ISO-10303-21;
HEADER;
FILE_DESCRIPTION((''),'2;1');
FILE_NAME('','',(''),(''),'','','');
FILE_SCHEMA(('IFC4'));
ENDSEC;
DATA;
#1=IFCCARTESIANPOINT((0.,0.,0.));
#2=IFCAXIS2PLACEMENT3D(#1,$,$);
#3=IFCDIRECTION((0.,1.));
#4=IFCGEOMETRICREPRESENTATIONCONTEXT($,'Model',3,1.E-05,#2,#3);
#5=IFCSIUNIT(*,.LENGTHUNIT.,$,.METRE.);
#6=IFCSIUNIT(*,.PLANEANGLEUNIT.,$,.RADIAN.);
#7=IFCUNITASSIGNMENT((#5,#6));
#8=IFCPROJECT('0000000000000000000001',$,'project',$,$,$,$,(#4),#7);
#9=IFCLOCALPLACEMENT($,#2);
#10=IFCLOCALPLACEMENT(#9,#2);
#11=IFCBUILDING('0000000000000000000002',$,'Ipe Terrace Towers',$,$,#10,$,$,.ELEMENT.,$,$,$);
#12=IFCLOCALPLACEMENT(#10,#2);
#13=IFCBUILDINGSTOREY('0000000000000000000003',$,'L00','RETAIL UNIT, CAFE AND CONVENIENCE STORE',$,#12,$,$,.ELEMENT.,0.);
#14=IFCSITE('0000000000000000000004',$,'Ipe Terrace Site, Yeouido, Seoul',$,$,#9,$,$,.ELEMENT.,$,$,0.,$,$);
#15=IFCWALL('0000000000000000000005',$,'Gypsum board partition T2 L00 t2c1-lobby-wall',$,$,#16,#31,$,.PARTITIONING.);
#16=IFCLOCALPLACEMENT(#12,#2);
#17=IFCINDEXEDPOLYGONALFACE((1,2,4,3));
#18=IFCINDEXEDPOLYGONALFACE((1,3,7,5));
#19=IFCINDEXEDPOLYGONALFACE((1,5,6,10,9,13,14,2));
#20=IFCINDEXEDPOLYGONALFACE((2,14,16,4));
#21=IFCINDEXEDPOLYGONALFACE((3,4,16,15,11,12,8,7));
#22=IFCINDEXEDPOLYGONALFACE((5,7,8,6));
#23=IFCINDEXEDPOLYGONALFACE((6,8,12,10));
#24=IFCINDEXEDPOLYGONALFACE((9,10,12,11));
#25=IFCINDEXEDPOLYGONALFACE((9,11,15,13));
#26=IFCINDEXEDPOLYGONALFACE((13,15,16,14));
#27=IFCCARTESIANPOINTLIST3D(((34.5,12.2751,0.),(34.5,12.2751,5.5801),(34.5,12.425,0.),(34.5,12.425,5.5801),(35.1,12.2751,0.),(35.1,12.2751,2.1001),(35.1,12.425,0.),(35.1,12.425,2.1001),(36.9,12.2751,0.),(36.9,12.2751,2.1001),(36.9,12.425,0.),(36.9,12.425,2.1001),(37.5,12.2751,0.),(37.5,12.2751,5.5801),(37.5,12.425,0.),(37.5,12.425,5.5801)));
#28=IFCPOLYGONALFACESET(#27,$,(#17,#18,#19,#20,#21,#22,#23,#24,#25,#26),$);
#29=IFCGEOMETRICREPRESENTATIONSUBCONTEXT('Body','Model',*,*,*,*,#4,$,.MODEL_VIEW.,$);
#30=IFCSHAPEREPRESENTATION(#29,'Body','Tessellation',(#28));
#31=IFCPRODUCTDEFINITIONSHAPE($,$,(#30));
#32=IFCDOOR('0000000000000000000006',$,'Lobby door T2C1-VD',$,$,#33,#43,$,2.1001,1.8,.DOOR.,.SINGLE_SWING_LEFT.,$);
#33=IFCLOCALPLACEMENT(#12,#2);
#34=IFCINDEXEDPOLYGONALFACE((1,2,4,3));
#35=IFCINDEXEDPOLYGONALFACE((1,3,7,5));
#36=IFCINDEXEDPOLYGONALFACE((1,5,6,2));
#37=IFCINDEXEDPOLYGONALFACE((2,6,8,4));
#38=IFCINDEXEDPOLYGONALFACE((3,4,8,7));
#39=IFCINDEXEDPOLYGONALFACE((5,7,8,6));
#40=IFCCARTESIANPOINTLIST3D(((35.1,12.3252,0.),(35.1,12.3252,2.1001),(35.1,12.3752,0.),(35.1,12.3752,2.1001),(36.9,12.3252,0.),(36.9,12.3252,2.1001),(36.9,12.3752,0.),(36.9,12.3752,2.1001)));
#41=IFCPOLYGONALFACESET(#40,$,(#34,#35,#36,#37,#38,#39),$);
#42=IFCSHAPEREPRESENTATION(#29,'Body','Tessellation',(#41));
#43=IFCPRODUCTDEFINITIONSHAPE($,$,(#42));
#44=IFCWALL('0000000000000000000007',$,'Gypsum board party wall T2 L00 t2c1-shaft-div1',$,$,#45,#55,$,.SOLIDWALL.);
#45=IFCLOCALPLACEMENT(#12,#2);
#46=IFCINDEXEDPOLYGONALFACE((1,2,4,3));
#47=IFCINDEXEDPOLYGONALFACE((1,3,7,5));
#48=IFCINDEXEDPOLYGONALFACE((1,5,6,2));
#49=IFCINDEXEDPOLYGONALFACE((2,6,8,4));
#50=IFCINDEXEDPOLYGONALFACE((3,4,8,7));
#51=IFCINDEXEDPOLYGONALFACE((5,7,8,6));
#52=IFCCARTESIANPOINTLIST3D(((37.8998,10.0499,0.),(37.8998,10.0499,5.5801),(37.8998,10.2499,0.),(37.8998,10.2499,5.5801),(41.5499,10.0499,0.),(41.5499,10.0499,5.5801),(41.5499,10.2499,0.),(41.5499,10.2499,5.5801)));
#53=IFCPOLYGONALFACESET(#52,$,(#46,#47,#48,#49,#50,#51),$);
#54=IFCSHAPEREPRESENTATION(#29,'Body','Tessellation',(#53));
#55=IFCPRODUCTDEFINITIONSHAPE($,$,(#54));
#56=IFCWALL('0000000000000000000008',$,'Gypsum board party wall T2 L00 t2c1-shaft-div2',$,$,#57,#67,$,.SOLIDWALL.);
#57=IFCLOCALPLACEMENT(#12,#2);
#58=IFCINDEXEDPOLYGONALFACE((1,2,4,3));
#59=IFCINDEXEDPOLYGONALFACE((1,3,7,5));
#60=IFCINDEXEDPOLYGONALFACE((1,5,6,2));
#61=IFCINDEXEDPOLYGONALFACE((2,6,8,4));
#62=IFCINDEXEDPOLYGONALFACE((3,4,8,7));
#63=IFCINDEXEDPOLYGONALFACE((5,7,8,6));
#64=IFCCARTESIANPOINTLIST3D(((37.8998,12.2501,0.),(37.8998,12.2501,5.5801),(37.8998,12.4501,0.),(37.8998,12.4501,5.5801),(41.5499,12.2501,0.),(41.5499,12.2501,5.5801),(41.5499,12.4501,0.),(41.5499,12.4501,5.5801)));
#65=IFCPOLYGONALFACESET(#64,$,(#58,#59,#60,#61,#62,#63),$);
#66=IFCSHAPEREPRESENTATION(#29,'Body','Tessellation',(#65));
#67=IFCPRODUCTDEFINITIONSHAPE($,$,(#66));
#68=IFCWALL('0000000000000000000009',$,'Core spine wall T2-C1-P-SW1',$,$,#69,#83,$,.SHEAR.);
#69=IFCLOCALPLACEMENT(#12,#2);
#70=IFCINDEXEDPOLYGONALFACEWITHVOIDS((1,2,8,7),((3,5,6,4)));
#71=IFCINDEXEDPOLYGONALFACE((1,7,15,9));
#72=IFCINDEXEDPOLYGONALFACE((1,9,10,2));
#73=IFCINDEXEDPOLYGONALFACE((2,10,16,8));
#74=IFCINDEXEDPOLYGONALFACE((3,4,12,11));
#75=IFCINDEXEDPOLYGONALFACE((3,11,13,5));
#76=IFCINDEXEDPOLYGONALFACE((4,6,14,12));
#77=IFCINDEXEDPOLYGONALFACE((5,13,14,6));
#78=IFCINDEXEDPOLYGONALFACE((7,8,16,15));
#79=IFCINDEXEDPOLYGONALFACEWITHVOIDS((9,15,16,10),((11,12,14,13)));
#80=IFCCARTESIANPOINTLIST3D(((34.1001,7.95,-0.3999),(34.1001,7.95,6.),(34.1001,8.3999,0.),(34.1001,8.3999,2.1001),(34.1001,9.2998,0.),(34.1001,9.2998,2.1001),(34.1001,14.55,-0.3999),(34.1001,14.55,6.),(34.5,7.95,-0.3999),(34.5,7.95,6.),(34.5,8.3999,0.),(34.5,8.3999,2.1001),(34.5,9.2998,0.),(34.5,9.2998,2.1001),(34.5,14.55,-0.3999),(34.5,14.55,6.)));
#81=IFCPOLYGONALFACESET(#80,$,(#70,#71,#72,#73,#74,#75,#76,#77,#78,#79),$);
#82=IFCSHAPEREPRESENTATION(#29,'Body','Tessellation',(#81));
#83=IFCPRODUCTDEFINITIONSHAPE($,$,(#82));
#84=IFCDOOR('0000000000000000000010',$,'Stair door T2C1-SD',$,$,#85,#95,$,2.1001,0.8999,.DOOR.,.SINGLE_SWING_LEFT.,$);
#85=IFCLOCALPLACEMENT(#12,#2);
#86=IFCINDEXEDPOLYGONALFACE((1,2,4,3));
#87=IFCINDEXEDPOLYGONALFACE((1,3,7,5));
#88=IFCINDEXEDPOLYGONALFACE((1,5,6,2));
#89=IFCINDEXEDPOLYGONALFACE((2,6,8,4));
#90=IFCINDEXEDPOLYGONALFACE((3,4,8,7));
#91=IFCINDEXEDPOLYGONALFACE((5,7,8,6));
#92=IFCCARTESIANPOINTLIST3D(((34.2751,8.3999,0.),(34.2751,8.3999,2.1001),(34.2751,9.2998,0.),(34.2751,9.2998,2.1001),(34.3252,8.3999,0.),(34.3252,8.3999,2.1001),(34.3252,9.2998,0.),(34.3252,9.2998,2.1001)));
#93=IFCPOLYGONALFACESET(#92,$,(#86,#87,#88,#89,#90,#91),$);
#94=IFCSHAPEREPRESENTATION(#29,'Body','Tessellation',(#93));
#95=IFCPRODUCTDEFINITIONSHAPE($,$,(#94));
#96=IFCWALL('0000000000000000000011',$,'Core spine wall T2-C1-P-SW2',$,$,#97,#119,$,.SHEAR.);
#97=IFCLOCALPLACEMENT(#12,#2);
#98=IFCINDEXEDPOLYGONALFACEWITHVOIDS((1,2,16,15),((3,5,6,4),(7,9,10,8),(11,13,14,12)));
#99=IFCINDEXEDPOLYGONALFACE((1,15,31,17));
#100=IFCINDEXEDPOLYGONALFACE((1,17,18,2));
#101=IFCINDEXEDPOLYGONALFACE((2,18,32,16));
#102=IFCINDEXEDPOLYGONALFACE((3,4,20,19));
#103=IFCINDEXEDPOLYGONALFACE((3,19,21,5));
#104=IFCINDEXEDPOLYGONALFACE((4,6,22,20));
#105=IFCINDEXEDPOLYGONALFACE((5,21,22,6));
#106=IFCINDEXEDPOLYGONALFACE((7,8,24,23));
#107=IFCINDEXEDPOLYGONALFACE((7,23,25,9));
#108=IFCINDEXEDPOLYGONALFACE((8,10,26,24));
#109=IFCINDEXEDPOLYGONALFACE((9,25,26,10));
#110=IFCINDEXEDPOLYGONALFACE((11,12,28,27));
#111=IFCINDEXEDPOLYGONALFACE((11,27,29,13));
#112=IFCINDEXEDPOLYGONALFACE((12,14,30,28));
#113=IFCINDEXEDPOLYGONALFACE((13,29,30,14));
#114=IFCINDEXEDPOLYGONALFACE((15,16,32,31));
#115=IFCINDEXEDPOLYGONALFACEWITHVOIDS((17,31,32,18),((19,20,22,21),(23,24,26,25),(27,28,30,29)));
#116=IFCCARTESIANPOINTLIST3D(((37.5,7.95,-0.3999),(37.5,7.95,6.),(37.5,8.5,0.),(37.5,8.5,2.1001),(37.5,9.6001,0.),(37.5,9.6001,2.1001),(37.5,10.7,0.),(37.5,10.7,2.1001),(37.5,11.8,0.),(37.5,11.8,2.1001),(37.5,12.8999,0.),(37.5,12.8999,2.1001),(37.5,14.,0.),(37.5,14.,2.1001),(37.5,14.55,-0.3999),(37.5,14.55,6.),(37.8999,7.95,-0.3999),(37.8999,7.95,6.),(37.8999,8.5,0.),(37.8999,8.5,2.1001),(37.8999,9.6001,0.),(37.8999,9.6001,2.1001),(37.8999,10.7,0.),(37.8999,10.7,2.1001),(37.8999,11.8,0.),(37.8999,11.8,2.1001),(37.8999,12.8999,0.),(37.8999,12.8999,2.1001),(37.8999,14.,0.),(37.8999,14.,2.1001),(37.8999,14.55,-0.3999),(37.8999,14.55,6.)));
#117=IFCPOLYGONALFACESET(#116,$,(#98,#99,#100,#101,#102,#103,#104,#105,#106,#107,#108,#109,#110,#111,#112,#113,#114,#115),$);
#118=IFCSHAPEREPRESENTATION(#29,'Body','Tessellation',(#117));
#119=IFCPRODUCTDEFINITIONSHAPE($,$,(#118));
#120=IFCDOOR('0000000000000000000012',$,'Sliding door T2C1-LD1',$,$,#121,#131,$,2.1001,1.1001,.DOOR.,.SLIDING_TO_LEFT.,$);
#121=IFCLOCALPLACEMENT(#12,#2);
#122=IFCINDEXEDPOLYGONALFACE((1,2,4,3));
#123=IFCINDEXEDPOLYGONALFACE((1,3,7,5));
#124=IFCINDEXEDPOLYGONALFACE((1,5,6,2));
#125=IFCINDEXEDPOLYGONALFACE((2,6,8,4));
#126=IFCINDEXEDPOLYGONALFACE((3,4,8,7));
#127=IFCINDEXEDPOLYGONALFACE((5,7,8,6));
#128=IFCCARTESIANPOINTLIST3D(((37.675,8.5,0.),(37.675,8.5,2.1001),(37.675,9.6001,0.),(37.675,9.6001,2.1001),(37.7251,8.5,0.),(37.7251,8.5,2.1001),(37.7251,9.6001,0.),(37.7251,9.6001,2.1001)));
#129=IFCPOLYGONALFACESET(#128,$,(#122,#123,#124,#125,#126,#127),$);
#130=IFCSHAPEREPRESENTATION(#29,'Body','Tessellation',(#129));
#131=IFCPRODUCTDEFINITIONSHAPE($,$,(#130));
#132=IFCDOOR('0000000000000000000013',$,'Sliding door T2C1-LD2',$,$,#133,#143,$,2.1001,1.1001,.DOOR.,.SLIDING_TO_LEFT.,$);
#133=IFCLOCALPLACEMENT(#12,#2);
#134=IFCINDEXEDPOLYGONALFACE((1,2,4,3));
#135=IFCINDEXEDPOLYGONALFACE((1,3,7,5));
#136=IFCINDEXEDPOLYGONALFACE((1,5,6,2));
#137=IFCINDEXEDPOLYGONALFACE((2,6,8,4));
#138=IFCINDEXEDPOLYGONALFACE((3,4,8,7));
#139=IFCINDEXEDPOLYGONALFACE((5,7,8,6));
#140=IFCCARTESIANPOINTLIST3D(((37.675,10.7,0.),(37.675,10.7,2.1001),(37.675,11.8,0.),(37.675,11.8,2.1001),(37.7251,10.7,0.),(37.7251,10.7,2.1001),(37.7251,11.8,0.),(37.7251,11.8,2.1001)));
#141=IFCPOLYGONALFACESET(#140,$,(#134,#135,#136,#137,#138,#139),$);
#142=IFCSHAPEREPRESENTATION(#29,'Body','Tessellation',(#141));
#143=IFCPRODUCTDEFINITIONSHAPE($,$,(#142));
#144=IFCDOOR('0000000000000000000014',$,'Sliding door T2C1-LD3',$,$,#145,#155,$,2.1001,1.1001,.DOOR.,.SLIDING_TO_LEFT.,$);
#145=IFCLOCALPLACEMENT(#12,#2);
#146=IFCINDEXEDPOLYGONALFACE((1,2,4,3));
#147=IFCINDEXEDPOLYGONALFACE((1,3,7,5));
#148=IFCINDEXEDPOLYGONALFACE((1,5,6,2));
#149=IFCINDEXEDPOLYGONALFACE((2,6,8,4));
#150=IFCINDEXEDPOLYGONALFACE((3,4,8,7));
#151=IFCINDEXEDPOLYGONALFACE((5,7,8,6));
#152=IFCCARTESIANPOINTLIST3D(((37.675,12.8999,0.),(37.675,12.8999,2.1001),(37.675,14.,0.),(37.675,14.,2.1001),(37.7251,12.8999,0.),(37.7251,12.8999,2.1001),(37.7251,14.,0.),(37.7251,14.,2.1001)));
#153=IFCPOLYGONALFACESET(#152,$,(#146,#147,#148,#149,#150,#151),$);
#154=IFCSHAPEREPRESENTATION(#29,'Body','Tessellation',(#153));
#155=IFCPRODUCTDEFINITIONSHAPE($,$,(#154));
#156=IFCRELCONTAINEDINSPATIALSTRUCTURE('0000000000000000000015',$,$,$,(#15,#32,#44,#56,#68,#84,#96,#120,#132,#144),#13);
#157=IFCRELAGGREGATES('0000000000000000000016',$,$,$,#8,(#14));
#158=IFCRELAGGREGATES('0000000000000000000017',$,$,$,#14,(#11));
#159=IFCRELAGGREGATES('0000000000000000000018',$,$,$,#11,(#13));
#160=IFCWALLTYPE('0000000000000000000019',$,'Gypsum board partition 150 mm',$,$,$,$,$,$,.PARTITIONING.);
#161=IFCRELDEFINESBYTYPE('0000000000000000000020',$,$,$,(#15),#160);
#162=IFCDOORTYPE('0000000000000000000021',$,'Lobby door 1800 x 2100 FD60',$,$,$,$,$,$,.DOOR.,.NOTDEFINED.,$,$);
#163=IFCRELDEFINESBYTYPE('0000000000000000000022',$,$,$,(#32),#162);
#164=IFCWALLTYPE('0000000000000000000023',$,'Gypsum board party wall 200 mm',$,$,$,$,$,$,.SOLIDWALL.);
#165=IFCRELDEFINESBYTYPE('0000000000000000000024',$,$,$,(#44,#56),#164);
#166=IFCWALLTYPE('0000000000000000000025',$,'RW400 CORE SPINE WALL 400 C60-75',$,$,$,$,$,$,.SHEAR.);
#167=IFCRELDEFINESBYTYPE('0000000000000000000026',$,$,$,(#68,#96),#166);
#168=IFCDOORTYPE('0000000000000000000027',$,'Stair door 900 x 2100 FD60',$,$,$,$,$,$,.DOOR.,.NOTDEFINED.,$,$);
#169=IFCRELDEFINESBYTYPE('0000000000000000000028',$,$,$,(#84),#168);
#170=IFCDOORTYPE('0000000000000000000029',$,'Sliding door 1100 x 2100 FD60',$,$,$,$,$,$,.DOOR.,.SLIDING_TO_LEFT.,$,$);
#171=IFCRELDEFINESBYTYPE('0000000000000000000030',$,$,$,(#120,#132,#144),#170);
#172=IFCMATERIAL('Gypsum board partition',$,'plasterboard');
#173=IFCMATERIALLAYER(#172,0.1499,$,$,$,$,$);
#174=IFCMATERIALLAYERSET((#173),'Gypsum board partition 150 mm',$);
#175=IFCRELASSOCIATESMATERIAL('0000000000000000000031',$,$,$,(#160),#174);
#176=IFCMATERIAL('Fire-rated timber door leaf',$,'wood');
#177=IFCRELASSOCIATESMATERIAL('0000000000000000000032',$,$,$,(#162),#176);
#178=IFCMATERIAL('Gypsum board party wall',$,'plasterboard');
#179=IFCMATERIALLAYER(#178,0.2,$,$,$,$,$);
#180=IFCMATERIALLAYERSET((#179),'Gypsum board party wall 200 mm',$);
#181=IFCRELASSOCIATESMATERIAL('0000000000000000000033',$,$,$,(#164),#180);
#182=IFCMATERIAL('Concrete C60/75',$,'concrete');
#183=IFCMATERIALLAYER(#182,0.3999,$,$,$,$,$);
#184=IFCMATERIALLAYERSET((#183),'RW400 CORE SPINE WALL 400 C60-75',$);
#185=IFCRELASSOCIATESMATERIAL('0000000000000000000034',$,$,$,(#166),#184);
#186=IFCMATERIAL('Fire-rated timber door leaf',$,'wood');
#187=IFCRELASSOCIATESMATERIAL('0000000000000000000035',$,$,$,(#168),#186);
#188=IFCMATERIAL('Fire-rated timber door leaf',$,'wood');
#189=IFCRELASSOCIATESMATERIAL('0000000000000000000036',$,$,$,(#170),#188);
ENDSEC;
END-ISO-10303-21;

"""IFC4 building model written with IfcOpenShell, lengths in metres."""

from ifc_helpers import new_model, si_unit, direction, frame, frame_2d, origin, place, context, subcontext, project, spatial, rectangle, extrude, material, layer, layer_set, type_object, element, fill, save


model = new_model("IFC4")

# Units and contexts
model_context = context("Model", 3, precision=1e-05, world=origin(), true_north=direction((0.0, 1.0)))
body_context = subcontext(model_context, "Body", "Model", "MODEL_VIEW")
ifc_project = project(units=[si_unit("LENGTHUNIT", "METRE"), si_unit("PLANEANGLEUNIT", "RADIAN")], contexts=[model_context])

# Site, building, storey
site_placement = place(None, origin())
site = spatial("IfcSite", under=ifc_project, at=site_placement, Name="Ipe Terrace Site, Yeouido, Seoul", CompositionType="ELEMENT", RefElevation=0.0)
building_placement = place(site_placement, origin())
building = spatial("IfcBuilding", under=site, at=building_placement, Name="Ipe Terrace Towers", CompositionType="ELEMENT")
storey_placement = place(building_placement, origin())
storey = spatial("IfcBuildingStorey", under=building, at=storey_placement, Name="L00", Description="RETAIL UNIT, CAFE AND CONVENIENCE STORE", CompositionType="ELEMENT", Elevation=0.0)

# Wall, opening, door
ifc_material_1 = material(Name="Gypsum board partition", Category="plasterboard")
ifc_layer_1 = layer(ifc_material_1, 0.1499)
ifc_layer_set_1 = layer_set([ifc_layer_1], Name="Gypsum board partition 150 mm")
wall_type_1 = type_object("IfcWallType", Name="Gypsum board partition 150 mm", PredefinedType="PARTITIONING", material=ifc_layer_set_1)
wall_1_placement = place(storey_placement, frame((37.5, 12.3501, 0.0), z_axis=(0.0, 0.0, 1.0), x_axis=(-1.0, 0.0, 0.0)))
wall_1 = element("IfcWall", 1, at=wall_1_placement, inside=storey, type_object=wall_type_1, Name="Gypsum board partition T2 L00 t2c1-lobby-wall", PredefinedType="PARTITIONING", context=body_context, shape_type="SweptSolid", body=[
    extrude(rectangle(XDim=3.0, YDim=0.1499, at=frame_2d((1.5, 0.0))), origin(), (0.0, 0.0, 1.0), 5.5801),
])
opening_1_placement = place(wall_1_placement, frame((0.6001, 0.0, 0.0)))
opening_1 = element("IfcOpeningElement", 2, at=opening_1_placement, cuts=wall_1, PredefinedType="OPENING", context=body_context, shape_type="SweptSolid", body=[
    extrude(rectangle(XDim=1.8, YDim=2.1001, at=frame_2d((0.8999, 1.05))), frame((0.0, 0.085, 0.0), z_axis=(0.0, -1.0, 0.0), x_axis=(1.0, 0.0, 0.0)), (0.0, 0.0, 1.0), 0.1699),
])
ifc_material_2 = material(Name="Fire-rated timber door leaf", Category="wood")
door_type_1 = type_object("IfcDoorType", Name="Lobby door 1800 x 2100 FD60", OperationType="NOTDEFINED", PredefinedType="DOOR", material=ifc_material_2)
door_1_placement = place(opening_1_placement, origin())
door_1 = element("IfcDoor", 3, at=door_1_placement, inside=storey, type_object=door_type_1, Name="Lobby door T2C1-VD", OperationType="SINGLE_SWING_LEFT", OverallHeight=2.1001, OverallWidth=1.8, PredefinedType="DOOR", context=body_context, shape_type="SweptSolid", body=[
    extrude(rectangle(XDim=1.8, YDim=2.1001, at=frame_2d((0.8999, 1.05))), frame((0.0, 0.0249, 0.0), z_axis=(0.0, -1.0, 0.0), x_axis=(1.0, 0.0, 0.0)), (0.0, 0.0, 1.0), 0.05),
])
fill(opening_1, door_1)

# Walls
ifc_material_3 = material(Name="Gypsum board party wall", Category="plasterboard")
ifc_layer_2 = layer(ifc_material_3, 0.2)
ifc_layer_set_2 = layer_set([ifc_layer_2], Name="Gypsum board party wall 200 mm")
wall_type_2 = type_object("IfcWallType", Name="Gypsum board party wall 200 mm", PredefinedType="SOLIDWALL", material=ifc_layer_set_2)
for number, where, z_axis, x_axis, name in (
    (4, (41.55, 10.1499, 0.0), (0.0, 0.0, 1.0), (-1.0, 0.0, 0.0), "Gypsum board party wall T2 L00 t2c1-shaft-div1"),
    (5, (41.55, 12.3501, 0.0), (0.0, 0.0, 1.0), (-1.0, 0.0, 0.0), "Gypsum board party wall T2 L00 t2c1-shaft-div2"),
):
    element("IfcWall", number, at=place(storey_placement, frame(where, z_axis=z_axis, x_axis=x_axis)), inside=storey, type_object=wall_type_2, Name=name, PredefinedType="SOLIDWALL", context=body_context, shape_type="SweptSolid", body=[
        extrude(rectangle(XDim=3.6501, YDim=0.2, at=frame_2d((1.8252, 0.0))), origin(), (0.0, 0.0, 1.0), 5.5801),
    ])

# Wall, opening, door
ifc_material_4 = material(Name="Concrete C60/75", Category="concrete")
ifc_layer_3 = layer(ifc_material_4, 0.3999)
ifc_layer_set_3 = layer_set([ifc_layer_3], Name="RW400 CORE SPINE WALL 400 C60-75")
wall_type_3 = type_object("IfcWallType", Name="RW400 CORE SPINE WALL 400 C60-75", PredefinedType="SHEAR", material=ifc_layer_set_3)
wall_2_placement = place(storey_placement, frame((34.3, 7.95, -0.3999), z_axis=(0.0, 0.0, 1.0), x_axis=(0.0, 1.0, 0.0)))
wall_2 = element("IfcWall", 6, at=wall_2_placement, inside=storey, type_object=wall_type_3, Name="Core spine wall T2-C1-P-SW1", PredefinedType="SHEAR", context=body_context, shape_type="SweptSolid", body=[
    extrude(rectangle(XDim=6.6001, YDim=0.3999, at=frame_2d((3.3, 0.0))), origin(), (0.0, 0.0, 1.0), 6.3999),
])
opening_2_placement = place(wall_2_placement, frame((0.45, 0.0, 0.3999)))
opening_2 = element("IfcOpeningElement", 7, at=opening_2_placement, cuts=wall_2, PredefinedType="OPENING", context=body_context, shape_type="SweptSolid", body=[
    extrude(rectangle(XDim=0.8999, YDim=2.1001, at=frame_2d((0.45, 1.05))), frame((0.0, 0.21, 0.0), z_axis=(0.0, -1.0, 0.0), x_axis=(1.0, 0.0, 0.0)), (0.0, 0.0, 1.0), 0.4199),
])
ifc_material_5 = material(Name="Fire-rated timber door leaf", Category="wood")
door_type_2 = type_object("IfcDoorType", Name="Stair door 900 x 2100 FD60", OperationType="NOTDEFINED", PredefinedType="DOOR", material=ifc_material_5)
door_2_placement = place(opening_2_placement, origin())
door_2 = element("IfcDoor", 8, at=door_2_placement, inside=storey, type_object=door_type_2, Name="Stair door T2C1-SD", OperationType="SINGLE_SWING_LEFT", OverallHeight=2.1001, OverallWidth=0.8999, PredefinedType="DOOR", context=body_context, shape_type="SweptSolid", body=[
    extrude(rectangle(XDim=0.8999, YDim=2.1001, at=frame_2d((0.45, 1.05))), frame((0.0, 0.0249, 0.0), z_axis=(0.0, -1.0, 0.0), x_axis=(1.0, 0.0, 0.0)), (0.0, 0.0, 1.0), 0.05),
])
fill(opening_2, door_2)

# Wall, openings, doors
wall_3_placement = place(storey_placement, frame((37.7, 7.95, -0.3999), z_axis=(0.0, 0.0, 1.0), x_axis=(0.0, 1.0, 0.0)))
wall_3 = element("IfcWall", 9, at=wall_3_placement, inside=storey, type_object=wall_type_3, Name="Core spine wall T2-C1-P-SW2", PredefinedType="SHEAR", context=body_context, shape_type="SweptSolid", body=[
    extrude(rectangle(XDim=6.6001, YDim=0.3999, at=frame_2d((3.3, 0.0))), origin(), (0.0, 0.0, 1.0), 6.3999),
])
opening_3_placement = place(wall_3_placement, frame((0.55, 0.0, 0.3999)))
opening_3 = element("IfcOpeningElement", 10, at=opening_3_placement, cuts=wall_3, PredefinedType="OPENING", context=body_context, shape_type="SweptSolid", body=[
    extrude(rectangle(XDim=1.1001, YDim=2.1001, at=frame_2d((0.55, 1.05))), frame((0.0, 0.21, 0.0), z_axis=(0.0, -1.0, 0.0), x_axis=(1.0, 0.0, 0.0)), (0.0, 0.0, 1.0), 0.4199),
])
opening_4_placement = place(wall_3_placement, frame((2.75, 0.0, 0.3999)))
opening_4 = element("IfcOpeningElement", 11, at=opening_4_placement, cuts=wall_3, PredefinedType="OPENING", context=body_context, shape_type="SweptSolid", body=[
    extrude(rectangle(XDim=1.1001, YDim=2.1001, at=frame_2d((0.55, 1.05))), frame((0.0, 0.21, 0.0), z_axis=(0.0, -1.0, 0.0), x_axis=(1.0, 0.0, 0.0)), (0.0, 0.0, 1.0), 0.4199),
])
opening_5_placement = place(wall_3_placement, frame((4.95, 0.0, 0.3999)))
opening_5 = element("IfcOpeningElement", 12, at=opening_5_placement, cuts=wall_3, PredefinedType="OPENING", context=body_context, shape_type="SweptSolid", body=[
    extrude(rectangle(XDim=1.1001, YDim=2.1001, at=frame_2d((0.55, 1.05))), frame((0.0, 0.21, 0.0), z_axis=(0.0, -1.0, 0.0), x_axis=(1.0, 0.0, 0.0)), (0.0, 0.0, 1.0), 0.4199),
])
ifc_material_6 = material(Name="Fire-rated timber door leaf", Category="wood")
door_type_3 = type_object("IfcDoorType", Name="Sliding door 1100 x 2100 FD60", OperationType="SLIDING_TO_LEFT", PredefinedType="DOOR", material=ifc_material_6)
door_3_placement = place(opening_3_placement, origin())
door_3 = element("IfcDoor", 13, at=door_3_placement, inside=storey, type_object=door_type_3, Name="Sliding door T2C1-LD1", OperationType="SLIDING_TO_LEFT", OverallHeight=2.1001, OverallWidth=1.1001, PredefinedType="DOOR", context=body_context, shape_type="SweptSolid", body=[
    extrude(rectangle(XDim=1.1001, YDim=2.1001, at=frame_2d((0.55, 1.05))), frame((0.0, 0.0249, 0.0), z_axis=(0.0, -1.0, 0.0), x_axis=(1.0, 0.0, 0.0)), (0.0, 0.0, 1.0), 0.05),
])
fill(opening_3, door_3)
door_4_placement = place(opening_4_placement, origin())
door_4 = element("IfcDoor", 14, at=door_4_placement, inside=storey, type_object=door_type_3, Name="Sliding door T2C1-LD2", OperationType="SLIDING_TO_LEFT", OverallHeight=2.1001, OverallWidth=1.1001, PredefinedType="DOOR", context=body_context, shape_type="SweptSolid", body=[
    extrude(rectangle(XDim=1.1001, YDim=2.1001, at=frame_2d((0.55, 1.05))), frame((0.0, 0.0249, 0.0), z_axis=(0.0, -1.0, 0.0), x_axis=(1.0, 0.0, 0.0)), (0.0, 0.0, 1.0), 0.05),
])
fill(opening_4, door_4)
door_5_placement = place(opening_5_placement, origin())
door_5 = element("IfcDoor", 15, at=door_5_placement, inside=storey, type_object=door_type_3, Name="Sliding door T2C1-LD3", OperationType="SLIDING_TO_LEFT", OverallHeight=2.1001, OverallWidth=1.1001, PredefinedType="DOOR", context=body_context, shape_type="SweptSolid", body=[
    extrude(rectangle(XDim=1.1001, YDim=2.1001, at=frame_2d((0.55, 1.05))), frame((0.0, 0.0249, 0.0), z_axis=(0.0, -1.0, 0.0), x_axis=(1.0, 0.0, 0.0)), (0.0, 0.0, 1.0), 0.05),
])
fill(opening_5, door_5)

save(model, "model.ifc")
